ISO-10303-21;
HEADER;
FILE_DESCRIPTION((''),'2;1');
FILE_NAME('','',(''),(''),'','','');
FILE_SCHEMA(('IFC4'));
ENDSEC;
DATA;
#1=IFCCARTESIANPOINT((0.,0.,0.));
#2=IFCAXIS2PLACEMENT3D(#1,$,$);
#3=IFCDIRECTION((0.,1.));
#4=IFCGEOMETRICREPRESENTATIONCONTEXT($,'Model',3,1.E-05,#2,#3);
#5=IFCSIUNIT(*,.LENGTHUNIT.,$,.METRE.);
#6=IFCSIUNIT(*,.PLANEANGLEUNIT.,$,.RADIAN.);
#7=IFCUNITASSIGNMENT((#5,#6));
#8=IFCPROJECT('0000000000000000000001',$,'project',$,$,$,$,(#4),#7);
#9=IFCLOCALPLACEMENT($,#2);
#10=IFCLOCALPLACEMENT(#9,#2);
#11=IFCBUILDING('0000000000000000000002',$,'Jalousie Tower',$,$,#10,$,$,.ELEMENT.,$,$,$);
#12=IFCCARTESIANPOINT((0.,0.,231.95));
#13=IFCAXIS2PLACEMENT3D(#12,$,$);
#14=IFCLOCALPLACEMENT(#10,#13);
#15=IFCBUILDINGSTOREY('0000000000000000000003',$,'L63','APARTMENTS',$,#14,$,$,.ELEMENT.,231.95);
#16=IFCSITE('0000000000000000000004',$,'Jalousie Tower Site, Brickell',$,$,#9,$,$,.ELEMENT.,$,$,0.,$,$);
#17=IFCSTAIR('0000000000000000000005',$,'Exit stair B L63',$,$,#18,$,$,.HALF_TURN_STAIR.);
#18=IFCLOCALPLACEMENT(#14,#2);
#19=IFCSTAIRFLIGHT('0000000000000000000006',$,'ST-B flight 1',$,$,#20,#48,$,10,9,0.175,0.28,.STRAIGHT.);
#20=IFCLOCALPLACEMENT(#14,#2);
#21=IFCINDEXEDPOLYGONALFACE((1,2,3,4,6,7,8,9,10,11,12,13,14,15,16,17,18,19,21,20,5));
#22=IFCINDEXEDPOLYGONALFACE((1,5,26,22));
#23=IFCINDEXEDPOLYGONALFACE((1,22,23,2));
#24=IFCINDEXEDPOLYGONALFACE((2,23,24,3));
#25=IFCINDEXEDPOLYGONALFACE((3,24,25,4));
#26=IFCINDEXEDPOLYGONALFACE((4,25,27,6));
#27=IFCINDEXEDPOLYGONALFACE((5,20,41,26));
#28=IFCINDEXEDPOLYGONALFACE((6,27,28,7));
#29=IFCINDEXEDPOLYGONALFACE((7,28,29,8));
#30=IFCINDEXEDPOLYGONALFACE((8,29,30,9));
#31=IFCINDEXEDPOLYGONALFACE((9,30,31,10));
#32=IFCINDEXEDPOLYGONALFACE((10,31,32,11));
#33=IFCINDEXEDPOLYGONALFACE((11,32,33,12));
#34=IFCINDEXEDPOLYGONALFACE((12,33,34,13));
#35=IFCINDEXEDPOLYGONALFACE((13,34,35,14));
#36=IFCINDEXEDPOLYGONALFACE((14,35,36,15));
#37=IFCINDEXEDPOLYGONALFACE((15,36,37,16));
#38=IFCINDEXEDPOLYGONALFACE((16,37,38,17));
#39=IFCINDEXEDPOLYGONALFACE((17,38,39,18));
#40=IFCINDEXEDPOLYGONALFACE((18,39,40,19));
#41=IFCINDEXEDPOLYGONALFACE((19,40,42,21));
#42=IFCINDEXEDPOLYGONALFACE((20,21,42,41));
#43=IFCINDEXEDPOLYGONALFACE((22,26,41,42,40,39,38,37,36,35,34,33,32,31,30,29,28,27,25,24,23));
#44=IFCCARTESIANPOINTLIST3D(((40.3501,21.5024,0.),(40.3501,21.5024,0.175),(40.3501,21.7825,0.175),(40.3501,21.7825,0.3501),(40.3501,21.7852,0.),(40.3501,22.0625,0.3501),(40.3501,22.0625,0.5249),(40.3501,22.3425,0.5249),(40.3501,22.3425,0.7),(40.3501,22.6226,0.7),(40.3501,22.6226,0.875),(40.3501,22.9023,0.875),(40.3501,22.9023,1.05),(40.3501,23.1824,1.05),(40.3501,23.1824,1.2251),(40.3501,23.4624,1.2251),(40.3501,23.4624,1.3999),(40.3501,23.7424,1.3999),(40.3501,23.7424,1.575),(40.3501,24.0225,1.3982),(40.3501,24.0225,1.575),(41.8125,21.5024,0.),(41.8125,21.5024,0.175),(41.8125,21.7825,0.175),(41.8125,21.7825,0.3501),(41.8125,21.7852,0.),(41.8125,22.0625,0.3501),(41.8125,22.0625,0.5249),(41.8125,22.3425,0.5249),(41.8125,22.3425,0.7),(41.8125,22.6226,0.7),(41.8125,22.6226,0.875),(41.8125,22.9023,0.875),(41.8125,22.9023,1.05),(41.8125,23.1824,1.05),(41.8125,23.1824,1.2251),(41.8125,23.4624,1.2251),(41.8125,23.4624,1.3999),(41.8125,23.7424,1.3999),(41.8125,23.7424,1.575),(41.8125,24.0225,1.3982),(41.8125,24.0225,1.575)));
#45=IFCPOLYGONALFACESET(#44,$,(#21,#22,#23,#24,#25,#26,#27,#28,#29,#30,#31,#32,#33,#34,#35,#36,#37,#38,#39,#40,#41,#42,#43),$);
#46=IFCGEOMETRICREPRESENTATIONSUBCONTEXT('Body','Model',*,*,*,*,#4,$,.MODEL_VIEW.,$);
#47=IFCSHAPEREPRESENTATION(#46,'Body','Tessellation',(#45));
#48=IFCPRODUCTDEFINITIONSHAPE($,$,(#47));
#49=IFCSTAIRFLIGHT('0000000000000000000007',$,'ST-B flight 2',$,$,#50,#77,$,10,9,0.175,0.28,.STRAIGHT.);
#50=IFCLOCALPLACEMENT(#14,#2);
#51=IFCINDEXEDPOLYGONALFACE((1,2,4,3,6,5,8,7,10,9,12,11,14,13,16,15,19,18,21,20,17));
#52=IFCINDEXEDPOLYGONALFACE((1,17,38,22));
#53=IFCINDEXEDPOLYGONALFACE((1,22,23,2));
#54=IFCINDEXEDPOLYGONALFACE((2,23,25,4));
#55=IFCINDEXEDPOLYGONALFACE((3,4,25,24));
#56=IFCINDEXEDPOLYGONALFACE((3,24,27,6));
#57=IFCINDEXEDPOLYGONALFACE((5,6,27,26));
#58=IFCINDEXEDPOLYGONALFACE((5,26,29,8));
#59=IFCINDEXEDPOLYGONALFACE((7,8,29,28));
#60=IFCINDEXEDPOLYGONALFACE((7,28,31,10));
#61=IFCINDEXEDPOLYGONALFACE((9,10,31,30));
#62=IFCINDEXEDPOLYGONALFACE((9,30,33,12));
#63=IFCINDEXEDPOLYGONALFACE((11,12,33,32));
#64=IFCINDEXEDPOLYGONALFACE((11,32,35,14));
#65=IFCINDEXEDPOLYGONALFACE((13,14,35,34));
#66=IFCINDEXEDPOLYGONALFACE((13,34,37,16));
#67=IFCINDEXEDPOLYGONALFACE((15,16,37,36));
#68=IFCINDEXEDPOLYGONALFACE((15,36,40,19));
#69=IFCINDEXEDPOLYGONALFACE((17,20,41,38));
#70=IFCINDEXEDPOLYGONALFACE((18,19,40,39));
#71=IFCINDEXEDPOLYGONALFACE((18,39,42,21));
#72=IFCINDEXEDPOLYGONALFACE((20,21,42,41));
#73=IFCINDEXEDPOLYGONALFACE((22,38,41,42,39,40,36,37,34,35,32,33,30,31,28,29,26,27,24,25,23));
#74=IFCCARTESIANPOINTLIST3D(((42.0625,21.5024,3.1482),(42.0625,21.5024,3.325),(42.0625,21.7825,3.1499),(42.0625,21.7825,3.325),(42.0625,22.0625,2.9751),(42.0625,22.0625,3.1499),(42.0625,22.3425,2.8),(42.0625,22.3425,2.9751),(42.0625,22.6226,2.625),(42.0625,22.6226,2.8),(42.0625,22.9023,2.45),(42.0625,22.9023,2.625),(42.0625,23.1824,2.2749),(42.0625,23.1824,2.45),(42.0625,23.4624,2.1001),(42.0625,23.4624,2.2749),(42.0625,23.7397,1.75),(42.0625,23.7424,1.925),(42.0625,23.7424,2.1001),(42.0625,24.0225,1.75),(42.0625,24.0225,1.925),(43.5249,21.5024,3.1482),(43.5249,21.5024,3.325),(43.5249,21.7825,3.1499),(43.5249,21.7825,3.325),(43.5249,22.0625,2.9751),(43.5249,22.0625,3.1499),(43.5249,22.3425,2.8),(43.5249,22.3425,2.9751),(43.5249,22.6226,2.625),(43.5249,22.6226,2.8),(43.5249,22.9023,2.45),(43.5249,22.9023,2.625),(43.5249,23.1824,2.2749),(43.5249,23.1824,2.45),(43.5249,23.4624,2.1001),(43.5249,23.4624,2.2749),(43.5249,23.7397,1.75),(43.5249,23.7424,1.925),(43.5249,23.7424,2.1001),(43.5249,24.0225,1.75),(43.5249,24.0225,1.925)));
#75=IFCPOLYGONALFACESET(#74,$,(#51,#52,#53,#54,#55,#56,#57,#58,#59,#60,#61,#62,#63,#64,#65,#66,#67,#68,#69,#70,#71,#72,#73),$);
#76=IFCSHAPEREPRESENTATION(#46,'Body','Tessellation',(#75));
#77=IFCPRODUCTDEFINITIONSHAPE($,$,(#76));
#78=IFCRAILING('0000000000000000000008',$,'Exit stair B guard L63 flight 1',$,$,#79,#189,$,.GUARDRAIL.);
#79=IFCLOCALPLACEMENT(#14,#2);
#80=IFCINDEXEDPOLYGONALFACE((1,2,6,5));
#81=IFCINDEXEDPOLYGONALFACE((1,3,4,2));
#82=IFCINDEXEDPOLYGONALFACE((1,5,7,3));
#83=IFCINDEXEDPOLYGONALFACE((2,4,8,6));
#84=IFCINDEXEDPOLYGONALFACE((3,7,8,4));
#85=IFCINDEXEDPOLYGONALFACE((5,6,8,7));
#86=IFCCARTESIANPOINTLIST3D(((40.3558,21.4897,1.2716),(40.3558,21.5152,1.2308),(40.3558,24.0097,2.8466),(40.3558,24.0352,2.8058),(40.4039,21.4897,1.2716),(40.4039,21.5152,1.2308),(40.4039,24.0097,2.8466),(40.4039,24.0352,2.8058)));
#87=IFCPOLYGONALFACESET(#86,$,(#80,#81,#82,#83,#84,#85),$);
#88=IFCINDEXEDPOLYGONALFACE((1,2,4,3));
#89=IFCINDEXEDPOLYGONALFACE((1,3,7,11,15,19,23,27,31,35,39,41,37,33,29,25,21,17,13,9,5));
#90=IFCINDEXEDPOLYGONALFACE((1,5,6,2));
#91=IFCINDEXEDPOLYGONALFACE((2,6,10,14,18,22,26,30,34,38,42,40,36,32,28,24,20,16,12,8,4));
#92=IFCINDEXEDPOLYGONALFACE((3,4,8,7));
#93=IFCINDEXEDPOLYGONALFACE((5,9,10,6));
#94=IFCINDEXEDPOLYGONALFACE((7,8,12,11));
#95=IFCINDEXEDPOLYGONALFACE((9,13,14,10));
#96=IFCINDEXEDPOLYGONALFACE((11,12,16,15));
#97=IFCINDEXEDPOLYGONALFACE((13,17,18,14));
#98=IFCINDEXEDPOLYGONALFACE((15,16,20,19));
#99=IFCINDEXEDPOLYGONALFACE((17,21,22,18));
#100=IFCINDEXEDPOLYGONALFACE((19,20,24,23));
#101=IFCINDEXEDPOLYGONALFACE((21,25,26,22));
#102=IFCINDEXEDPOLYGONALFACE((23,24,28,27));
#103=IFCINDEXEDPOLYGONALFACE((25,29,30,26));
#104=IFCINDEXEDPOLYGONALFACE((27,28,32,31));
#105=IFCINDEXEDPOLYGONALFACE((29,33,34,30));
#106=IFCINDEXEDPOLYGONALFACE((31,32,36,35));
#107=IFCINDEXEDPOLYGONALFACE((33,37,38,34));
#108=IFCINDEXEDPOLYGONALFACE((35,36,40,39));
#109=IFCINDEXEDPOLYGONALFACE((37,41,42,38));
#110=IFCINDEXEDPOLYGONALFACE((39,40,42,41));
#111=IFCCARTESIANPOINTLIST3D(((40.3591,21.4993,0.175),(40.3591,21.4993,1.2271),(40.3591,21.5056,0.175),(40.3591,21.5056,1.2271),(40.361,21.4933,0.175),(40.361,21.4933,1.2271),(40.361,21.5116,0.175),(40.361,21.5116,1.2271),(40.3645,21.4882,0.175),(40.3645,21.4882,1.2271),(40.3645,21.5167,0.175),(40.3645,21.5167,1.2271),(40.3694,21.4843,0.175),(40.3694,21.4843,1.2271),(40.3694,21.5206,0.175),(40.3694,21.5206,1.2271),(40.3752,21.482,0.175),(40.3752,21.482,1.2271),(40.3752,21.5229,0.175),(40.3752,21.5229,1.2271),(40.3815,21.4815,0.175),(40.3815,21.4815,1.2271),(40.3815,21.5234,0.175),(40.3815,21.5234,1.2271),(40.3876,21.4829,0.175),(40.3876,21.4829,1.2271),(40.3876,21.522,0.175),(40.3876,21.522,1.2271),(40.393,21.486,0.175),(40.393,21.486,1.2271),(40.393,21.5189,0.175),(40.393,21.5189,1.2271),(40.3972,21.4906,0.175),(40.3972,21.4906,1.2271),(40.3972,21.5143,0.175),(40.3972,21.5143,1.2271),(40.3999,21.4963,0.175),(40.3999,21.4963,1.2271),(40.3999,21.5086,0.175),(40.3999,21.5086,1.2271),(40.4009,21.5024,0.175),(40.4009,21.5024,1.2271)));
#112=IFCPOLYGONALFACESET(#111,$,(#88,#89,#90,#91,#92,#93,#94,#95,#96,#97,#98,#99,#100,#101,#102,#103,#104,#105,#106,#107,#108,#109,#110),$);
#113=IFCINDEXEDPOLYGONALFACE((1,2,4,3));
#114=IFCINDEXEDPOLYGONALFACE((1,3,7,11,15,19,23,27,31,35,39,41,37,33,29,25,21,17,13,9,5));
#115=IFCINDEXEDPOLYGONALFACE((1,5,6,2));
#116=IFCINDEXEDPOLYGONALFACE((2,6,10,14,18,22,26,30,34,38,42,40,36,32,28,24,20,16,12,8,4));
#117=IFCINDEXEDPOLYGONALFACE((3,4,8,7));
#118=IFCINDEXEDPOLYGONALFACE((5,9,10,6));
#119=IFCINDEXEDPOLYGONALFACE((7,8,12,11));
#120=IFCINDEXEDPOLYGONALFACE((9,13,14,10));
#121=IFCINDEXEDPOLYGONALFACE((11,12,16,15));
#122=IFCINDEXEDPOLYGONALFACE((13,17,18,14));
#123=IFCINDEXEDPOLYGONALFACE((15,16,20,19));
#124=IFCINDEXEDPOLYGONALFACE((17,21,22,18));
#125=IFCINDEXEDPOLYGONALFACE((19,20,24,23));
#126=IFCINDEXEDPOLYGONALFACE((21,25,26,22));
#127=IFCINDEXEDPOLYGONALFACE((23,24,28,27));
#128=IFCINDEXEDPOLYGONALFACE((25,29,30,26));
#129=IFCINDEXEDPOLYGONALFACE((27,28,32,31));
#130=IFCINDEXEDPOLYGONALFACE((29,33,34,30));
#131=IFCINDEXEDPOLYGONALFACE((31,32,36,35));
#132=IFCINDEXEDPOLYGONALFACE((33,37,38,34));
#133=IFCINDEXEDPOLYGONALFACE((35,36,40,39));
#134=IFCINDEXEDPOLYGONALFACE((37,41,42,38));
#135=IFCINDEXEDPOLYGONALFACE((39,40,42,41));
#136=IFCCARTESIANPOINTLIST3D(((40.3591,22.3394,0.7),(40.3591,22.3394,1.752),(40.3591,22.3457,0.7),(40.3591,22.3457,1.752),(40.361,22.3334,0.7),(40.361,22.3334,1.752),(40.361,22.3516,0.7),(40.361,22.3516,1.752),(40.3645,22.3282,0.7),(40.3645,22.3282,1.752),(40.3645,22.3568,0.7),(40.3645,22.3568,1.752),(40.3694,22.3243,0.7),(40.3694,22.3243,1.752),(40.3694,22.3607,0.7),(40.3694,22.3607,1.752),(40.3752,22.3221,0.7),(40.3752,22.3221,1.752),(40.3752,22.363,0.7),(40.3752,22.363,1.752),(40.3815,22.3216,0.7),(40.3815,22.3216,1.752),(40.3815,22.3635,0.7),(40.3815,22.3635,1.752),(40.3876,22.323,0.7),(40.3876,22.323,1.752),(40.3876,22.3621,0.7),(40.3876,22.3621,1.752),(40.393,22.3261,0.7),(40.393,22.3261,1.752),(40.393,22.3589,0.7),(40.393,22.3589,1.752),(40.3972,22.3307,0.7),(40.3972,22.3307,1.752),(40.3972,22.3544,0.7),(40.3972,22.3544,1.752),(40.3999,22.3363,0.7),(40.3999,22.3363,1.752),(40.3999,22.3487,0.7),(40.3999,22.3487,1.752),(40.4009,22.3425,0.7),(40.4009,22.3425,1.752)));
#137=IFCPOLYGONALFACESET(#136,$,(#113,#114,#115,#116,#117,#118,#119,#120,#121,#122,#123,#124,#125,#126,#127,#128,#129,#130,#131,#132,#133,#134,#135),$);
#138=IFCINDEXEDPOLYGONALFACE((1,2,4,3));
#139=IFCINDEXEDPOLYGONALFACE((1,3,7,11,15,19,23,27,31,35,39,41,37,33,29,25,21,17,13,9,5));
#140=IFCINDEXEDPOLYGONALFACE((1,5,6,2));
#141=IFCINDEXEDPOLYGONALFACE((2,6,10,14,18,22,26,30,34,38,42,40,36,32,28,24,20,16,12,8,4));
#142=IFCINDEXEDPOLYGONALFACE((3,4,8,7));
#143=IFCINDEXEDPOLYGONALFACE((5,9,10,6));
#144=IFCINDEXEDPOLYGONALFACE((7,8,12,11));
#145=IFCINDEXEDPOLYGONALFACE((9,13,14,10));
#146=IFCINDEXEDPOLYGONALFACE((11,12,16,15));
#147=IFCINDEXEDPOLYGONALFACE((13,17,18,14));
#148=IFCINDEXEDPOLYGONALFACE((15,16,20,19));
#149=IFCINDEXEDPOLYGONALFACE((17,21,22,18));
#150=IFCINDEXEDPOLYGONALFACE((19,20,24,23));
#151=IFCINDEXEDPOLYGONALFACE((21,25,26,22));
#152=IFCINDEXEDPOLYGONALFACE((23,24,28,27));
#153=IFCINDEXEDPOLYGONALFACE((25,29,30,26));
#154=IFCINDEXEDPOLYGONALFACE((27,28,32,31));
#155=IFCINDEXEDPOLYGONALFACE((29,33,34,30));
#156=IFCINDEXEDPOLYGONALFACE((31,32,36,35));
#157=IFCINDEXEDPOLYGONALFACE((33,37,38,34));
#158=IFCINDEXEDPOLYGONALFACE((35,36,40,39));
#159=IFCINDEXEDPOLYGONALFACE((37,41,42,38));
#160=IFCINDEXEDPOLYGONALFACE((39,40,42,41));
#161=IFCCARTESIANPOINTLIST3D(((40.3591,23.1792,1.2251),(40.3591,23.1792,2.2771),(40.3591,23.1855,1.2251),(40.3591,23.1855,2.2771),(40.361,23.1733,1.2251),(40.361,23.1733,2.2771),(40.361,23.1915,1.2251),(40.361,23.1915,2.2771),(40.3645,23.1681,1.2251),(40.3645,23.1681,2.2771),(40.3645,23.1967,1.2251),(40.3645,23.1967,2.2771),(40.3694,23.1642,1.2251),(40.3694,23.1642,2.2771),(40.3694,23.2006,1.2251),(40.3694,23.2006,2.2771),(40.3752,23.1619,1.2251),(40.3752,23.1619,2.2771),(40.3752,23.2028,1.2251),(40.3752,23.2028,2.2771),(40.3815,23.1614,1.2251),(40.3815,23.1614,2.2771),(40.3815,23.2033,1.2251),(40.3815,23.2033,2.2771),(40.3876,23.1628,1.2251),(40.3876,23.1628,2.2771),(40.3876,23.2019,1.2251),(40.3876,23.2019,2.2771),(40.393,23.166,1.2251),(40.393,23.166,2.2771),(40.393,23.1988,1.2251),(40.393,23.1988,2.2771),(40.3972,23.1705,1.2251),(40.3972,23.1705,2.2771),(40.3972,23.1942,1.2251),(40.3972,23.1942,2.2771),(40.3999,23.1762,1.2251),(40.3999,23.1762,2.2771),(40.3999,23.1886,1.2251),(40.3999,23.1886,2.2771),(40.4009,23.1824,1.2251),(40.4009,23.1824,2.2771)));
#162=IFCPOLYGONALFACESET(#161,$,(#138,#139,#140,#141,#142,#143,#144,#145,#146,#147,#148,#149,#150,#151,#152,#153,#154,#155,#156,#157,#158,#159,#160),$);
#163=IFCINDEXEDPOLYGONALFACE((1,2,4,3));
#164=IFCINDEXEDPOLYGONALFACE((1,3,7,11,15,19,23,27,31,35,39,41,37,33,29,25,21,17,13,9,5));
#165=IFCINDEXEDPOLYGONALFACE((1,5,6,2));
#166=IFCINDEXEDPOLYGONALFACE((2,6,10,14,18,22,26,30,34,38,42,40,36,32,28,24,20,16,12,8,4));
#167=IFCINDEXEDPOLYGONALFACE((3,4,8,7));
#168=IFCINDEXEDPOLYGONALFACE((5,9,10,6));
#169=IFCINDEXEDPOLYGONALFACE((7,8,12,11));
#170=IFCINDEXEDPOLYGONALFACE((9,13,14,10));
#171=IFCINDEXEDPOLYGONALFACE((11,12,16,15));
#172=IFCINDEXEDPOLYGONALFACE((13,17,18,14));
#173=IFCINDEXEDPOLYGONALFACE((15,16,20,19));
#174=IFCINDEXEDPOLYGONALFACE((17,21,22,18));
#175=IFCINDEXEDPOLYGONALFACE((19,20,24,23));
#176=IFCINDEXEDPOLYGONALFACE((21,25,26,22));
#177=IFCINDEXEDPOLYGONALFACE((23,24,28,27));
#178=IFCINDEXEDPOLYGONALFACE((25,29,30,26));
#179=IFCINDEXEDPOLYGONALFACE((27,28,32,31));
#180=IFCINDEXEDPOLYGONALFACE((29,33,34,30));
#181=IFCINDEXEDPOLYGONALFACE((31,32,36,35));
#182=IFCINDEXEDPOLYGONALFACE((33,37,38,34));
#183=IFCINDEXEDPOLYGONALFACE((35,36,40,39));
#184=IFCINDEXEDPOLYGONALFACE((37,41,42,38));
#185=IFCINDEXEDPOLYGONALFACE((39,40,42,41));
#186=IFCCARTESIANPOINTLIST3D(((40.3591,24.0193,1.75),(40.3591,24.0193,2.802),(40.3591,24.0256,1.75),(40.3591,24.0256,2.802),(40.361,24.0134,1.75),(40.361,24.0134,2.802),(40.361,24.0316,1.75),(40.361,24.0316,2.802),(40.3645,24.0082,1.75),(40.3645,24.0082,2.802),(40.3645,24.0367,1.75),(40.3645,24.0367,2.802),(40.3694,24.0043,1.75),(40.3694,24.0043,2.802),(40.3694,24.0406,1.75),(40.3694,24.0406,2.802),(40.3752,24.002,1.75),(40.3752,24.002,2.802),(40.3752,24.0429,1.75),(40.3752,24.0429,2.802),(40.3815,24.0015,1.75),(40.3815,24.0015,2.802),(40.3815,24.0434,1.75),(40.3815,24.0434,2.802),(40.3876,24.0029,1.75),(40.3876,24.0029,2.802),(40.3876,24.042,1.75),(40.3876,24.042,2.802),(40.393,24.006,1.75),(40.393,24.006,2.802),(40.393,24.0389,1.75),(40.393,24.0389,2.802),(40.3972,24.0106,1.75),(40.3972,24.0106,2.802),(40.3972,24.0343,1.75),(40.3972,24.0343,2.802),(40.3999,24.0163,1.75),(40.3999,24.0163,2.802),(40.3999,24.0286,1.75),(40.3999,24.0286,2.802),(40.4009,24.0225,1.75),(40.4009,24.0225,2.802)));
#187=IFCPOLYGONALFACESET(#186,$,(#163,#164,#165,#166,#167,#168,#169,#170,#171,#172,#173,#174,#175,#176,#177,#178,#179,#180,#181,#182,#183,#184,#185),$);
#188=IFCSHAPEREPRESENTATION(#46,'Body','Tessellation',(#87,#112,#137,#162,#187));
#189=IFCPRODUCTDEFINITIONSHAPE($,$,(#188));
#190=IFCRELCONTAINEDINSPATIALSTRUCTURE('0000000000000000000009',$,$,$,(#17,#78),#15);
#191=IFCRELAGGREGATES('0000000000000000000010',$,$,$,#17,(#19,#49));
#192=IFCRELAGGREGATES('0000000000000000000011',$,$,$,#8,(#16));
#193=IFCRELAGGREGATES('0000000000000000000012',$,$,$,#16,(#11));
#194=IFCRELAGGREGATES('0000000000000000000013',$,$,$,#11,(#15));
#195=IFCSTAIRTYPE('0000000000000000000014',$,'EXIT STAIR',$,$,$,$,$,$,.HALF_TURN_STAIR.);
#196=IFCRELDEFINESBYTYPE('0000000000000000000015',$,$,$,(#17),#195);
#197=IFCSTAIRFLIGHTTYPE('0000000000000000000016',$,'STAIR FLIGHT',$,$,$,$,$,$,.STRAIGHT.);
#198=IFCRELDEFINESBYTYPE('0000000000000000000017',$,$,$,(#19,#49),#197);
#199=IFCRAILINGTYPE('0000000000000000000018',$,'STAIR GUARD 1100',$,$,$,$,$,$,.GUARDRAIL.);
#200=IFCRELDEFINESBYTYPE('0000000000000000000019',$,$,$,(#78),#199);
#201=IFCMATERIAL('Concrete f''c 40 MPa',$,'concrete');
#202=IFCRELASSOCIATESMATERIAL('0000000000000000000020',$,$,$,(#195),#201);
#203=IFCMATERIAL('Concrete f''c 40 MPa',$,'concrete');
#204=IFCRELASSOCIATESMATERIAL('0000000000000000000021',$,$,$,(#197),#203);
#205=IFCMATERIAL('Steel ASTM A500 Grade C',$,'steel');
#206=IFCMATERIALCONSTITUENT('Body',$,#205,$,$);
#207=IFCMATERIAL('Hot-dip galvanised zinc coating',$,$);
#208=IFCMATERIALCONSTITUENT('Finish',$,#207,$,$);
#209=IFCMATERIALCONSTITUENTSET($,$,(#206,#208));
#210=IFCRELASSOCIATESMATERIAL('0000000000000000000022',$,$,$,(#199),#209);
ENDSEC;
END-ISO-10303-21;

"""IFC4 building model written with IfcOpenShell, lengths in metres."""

from ifc_helpers import new_model, si_unit, direction, frame, origin, origin_2d, place, context, subcontext, project, spatial, polyline, rectangle, circle, outline, extrude, material, constituent, constituent_set, type_object, element, aggregate, save


model = new_model("IFC4")

# Units and contexts
model_context = context("Model", 3, precision=1e-05, world=origin(), true_north=direction((0.0, 1.0)))
body_context = subcontext(model_context, "Body", "Model", "MODEL_VIEW")
ifc_project = project(units=[si_unit("LENGTHUNIT", "METRE"), si_unit("PLANEANGLEUNIT", "RADIAN")], contexts=[model_context])

# Site, building, storey
site_placement = place(None, origin())
site = spatial("IfcSite", under=ifc_project, at=site_placement, Name="Jalousie Tower Site, Brickell", CompositionType="ELEMENT", RefElevation=0.0)
building_placement = place(site_placement, origin())
building = spatial("IfcBuilding", under=site, at=building_placement, Name="Jalousie Tower", CompositionType="ELEMENT")
storey_placement = place(building_placement, frame((0.0, 0.0, 231.95)))
storey = spatial("IfcBuildingStorey", under=building, at=storey_placement, Name="L63", Description="APARTMENTS", CompositionType="ELEMENT", Elevation=231.95)

# Stair, stair flights
ifc_material_1 = material(Name="Concrete f'c 40 MPa", Category="concrete")
stair_type = type_object("IfcStairType", Name="EXIT STAIR", PredefinedType="HALF_TURN_STAIR", material=ifc_material_1)
stair_placement = place(storey_placement, origin())
stair = element("IfcStair", 1, at=stair_placement, inside=storey, type_object=stair_type, Name="Exit stair B L63", PredefinedType="HALF_TURN_STAIR")
ifc_material_2 = material(Name="Concrete f'c 40 MPa", Category="concrete")
stair_flight_type = type_object("IfcStairFlightType", Name="STAIR FLIGHT", PredefinedType="STRAIGHT", material=ifc_material_2)
stair_flight_1_placement = place(storey_placement, frame((41.0813, 21.5024, 0.0), z_axis=(0.0, 0.0, 1.0), x_axis=(0.0, 1.0, 0.0)))
stair_flight_1 = element("IfcStairFlight", 2, at=stair_flight_1_placement, type_object=stair_flight_type, Name="ST-B flight 1", NumberOfRisers=10, NumberOfTreads=9, PredefinedType="STRAIGHT", RiserHeight=0.175, TreadLength=0.28, context=body_context, shape_type="SweptSolid", body=[
    extrude(outline(polyline([(0.0, 0.0), (0.0, 0.175), (0.28, 0.175), (0.28, 0.3501), (0.5601, 0.3501), (0.5601, 0.5249), (0.8401, 0.5249), (0.8401, 0.7), (1.1201, 0.7), (1.1201, 0.875), (1.3999, 0.875), (1.3999, 1.05), (1.6799, 1.05), (1.6799, 1.2251), (1.96, 1.2251), (1.96, 1.3999), (2.24, 1.3999), (2.24, 1.575), (2.52, 1.575), (2.52, 1.75), (2.52, 1.3982), (0.2827, 0.0), (0.0, 0.0)])), frame((0.0, 0.7312, 0.0), z_axis=(0.0, -1.0, 0.0), x_axis=(1.0, 0.0, 0.0)), (0.0, 0.0, 1.0), 1.4624),
])
stair_flight_2_placement = place(storey_placement, frame((42.7937, 24.0225, 1.75), z_axis=(0.0, 0.0, 1.0), x_axis=(0.0, -1.0, 0.0)))
stair_flight_2 = element("IfcStairFlight", 3, at=stair_flight_2_placement, type_object=stair_flight_type, Name="ST-B flight 2", NumberOfRisers=10, NumberOfTreads=9, PredefinedType="STRAIGHT", RiserHeight=0.175, TreadLength=0.28, context=body_context, shape_type="SweptSolid", body=[
    extrude(outline(polyline([(0.0, 0.0), (0.0, 0.175), (0.28, 0.175), (0.28, 0.3501), (0.5601, 0.3501), (0.5601, 0.5249), (0.8401, 0.5249), (0.8401, 0.7), (1.1201, 0.7), (1.1201, 0.875), (1.3999, 0.875), (1.3999, 1.05), (1.6799, 1.05), (1.6799, 1.2251), (1.96, 1.2251), (1.96, 1.3999), (2.24, 1.3999), (2.24, 1.575), (2.52, 1.575), (2.52, 1.75), (2.52, 1.3982), (0.2827, 0.0), (0.0, 0.0)])), frame((0.0, 0.7312, 0.0), z_axis=(0.0, -1.0, 0.0), x_axis=(1.0, 0.0, 0.0)), (0.0, 0.0, 1.0), 1.4624),
])
aggregate(stair, [stair_flight_1, stair_flight_2])

# Railing
ifc_material_3 = material(Name="Steel ASTM A500 Grade C", Category="steel")
ifc_constituent_1 = constituent(ifc_material_3, Name="Body")
ifc_material_4 = material(Name="Hot-dip galvanised zinc coating")
ifc_constituent_2 = constituent(ifc_material_4, Name="Finish")
ifc_constituent_set_1 = constituent_set(constituents=[ifc_constituent_1, ifc_constituent_2])
railing_type_1 = type_object("IfcRailingType", Name="STAIR GUARD 1100", PredefinedType="GUARDRAIL", material=ifc_constituent_set_1)
railing_1_placement = place(storey_placement, frame((40.3799, 21.5024, 0.175)))
element("IfcRailing", 4, at=railing_1_placement, inside=storey, type_object=railing_type_1, Name="Exit stair B guard L63 flight 1", PredefinedType="GUARDRAIL", context=body_context, shape_type="SweptSolid", body=[
    extrude(rectangle(XDim=0.0481, YDim=0.0481, at=origin_2d()), frame((0.0, 0.0, 1.0762), z_axis=(0.0, 0.848008, 0.529984), x_axis=(-1.0, 0.0, 0.0)), (0.0, 0.0, 1.0), 2.9717),
    extrude(circle(Radius=0.021, at=origin_2d()), origin(), (0.0, 0.0, 1.0), 1.052),
    extrude(circle(Radius=0.021, at=origin_2d()), frame((0.0, 0.8401, 0.5249)), (0.0, 0.0, 1.0), 1.052),
    extrude(circle(Radius=0.021, at=origin_2d()), frame((0.0, 1.6799, 1.05)), (0.0, 0.0, 1.0), 1.052),
    extrude(circle(Radius=0.021, at=origin_2d()), frame((0.0, 2.52, 1.575)), (0.0, 0.0, 1.0), 1.052),
])

save(model, "model.ifc")
